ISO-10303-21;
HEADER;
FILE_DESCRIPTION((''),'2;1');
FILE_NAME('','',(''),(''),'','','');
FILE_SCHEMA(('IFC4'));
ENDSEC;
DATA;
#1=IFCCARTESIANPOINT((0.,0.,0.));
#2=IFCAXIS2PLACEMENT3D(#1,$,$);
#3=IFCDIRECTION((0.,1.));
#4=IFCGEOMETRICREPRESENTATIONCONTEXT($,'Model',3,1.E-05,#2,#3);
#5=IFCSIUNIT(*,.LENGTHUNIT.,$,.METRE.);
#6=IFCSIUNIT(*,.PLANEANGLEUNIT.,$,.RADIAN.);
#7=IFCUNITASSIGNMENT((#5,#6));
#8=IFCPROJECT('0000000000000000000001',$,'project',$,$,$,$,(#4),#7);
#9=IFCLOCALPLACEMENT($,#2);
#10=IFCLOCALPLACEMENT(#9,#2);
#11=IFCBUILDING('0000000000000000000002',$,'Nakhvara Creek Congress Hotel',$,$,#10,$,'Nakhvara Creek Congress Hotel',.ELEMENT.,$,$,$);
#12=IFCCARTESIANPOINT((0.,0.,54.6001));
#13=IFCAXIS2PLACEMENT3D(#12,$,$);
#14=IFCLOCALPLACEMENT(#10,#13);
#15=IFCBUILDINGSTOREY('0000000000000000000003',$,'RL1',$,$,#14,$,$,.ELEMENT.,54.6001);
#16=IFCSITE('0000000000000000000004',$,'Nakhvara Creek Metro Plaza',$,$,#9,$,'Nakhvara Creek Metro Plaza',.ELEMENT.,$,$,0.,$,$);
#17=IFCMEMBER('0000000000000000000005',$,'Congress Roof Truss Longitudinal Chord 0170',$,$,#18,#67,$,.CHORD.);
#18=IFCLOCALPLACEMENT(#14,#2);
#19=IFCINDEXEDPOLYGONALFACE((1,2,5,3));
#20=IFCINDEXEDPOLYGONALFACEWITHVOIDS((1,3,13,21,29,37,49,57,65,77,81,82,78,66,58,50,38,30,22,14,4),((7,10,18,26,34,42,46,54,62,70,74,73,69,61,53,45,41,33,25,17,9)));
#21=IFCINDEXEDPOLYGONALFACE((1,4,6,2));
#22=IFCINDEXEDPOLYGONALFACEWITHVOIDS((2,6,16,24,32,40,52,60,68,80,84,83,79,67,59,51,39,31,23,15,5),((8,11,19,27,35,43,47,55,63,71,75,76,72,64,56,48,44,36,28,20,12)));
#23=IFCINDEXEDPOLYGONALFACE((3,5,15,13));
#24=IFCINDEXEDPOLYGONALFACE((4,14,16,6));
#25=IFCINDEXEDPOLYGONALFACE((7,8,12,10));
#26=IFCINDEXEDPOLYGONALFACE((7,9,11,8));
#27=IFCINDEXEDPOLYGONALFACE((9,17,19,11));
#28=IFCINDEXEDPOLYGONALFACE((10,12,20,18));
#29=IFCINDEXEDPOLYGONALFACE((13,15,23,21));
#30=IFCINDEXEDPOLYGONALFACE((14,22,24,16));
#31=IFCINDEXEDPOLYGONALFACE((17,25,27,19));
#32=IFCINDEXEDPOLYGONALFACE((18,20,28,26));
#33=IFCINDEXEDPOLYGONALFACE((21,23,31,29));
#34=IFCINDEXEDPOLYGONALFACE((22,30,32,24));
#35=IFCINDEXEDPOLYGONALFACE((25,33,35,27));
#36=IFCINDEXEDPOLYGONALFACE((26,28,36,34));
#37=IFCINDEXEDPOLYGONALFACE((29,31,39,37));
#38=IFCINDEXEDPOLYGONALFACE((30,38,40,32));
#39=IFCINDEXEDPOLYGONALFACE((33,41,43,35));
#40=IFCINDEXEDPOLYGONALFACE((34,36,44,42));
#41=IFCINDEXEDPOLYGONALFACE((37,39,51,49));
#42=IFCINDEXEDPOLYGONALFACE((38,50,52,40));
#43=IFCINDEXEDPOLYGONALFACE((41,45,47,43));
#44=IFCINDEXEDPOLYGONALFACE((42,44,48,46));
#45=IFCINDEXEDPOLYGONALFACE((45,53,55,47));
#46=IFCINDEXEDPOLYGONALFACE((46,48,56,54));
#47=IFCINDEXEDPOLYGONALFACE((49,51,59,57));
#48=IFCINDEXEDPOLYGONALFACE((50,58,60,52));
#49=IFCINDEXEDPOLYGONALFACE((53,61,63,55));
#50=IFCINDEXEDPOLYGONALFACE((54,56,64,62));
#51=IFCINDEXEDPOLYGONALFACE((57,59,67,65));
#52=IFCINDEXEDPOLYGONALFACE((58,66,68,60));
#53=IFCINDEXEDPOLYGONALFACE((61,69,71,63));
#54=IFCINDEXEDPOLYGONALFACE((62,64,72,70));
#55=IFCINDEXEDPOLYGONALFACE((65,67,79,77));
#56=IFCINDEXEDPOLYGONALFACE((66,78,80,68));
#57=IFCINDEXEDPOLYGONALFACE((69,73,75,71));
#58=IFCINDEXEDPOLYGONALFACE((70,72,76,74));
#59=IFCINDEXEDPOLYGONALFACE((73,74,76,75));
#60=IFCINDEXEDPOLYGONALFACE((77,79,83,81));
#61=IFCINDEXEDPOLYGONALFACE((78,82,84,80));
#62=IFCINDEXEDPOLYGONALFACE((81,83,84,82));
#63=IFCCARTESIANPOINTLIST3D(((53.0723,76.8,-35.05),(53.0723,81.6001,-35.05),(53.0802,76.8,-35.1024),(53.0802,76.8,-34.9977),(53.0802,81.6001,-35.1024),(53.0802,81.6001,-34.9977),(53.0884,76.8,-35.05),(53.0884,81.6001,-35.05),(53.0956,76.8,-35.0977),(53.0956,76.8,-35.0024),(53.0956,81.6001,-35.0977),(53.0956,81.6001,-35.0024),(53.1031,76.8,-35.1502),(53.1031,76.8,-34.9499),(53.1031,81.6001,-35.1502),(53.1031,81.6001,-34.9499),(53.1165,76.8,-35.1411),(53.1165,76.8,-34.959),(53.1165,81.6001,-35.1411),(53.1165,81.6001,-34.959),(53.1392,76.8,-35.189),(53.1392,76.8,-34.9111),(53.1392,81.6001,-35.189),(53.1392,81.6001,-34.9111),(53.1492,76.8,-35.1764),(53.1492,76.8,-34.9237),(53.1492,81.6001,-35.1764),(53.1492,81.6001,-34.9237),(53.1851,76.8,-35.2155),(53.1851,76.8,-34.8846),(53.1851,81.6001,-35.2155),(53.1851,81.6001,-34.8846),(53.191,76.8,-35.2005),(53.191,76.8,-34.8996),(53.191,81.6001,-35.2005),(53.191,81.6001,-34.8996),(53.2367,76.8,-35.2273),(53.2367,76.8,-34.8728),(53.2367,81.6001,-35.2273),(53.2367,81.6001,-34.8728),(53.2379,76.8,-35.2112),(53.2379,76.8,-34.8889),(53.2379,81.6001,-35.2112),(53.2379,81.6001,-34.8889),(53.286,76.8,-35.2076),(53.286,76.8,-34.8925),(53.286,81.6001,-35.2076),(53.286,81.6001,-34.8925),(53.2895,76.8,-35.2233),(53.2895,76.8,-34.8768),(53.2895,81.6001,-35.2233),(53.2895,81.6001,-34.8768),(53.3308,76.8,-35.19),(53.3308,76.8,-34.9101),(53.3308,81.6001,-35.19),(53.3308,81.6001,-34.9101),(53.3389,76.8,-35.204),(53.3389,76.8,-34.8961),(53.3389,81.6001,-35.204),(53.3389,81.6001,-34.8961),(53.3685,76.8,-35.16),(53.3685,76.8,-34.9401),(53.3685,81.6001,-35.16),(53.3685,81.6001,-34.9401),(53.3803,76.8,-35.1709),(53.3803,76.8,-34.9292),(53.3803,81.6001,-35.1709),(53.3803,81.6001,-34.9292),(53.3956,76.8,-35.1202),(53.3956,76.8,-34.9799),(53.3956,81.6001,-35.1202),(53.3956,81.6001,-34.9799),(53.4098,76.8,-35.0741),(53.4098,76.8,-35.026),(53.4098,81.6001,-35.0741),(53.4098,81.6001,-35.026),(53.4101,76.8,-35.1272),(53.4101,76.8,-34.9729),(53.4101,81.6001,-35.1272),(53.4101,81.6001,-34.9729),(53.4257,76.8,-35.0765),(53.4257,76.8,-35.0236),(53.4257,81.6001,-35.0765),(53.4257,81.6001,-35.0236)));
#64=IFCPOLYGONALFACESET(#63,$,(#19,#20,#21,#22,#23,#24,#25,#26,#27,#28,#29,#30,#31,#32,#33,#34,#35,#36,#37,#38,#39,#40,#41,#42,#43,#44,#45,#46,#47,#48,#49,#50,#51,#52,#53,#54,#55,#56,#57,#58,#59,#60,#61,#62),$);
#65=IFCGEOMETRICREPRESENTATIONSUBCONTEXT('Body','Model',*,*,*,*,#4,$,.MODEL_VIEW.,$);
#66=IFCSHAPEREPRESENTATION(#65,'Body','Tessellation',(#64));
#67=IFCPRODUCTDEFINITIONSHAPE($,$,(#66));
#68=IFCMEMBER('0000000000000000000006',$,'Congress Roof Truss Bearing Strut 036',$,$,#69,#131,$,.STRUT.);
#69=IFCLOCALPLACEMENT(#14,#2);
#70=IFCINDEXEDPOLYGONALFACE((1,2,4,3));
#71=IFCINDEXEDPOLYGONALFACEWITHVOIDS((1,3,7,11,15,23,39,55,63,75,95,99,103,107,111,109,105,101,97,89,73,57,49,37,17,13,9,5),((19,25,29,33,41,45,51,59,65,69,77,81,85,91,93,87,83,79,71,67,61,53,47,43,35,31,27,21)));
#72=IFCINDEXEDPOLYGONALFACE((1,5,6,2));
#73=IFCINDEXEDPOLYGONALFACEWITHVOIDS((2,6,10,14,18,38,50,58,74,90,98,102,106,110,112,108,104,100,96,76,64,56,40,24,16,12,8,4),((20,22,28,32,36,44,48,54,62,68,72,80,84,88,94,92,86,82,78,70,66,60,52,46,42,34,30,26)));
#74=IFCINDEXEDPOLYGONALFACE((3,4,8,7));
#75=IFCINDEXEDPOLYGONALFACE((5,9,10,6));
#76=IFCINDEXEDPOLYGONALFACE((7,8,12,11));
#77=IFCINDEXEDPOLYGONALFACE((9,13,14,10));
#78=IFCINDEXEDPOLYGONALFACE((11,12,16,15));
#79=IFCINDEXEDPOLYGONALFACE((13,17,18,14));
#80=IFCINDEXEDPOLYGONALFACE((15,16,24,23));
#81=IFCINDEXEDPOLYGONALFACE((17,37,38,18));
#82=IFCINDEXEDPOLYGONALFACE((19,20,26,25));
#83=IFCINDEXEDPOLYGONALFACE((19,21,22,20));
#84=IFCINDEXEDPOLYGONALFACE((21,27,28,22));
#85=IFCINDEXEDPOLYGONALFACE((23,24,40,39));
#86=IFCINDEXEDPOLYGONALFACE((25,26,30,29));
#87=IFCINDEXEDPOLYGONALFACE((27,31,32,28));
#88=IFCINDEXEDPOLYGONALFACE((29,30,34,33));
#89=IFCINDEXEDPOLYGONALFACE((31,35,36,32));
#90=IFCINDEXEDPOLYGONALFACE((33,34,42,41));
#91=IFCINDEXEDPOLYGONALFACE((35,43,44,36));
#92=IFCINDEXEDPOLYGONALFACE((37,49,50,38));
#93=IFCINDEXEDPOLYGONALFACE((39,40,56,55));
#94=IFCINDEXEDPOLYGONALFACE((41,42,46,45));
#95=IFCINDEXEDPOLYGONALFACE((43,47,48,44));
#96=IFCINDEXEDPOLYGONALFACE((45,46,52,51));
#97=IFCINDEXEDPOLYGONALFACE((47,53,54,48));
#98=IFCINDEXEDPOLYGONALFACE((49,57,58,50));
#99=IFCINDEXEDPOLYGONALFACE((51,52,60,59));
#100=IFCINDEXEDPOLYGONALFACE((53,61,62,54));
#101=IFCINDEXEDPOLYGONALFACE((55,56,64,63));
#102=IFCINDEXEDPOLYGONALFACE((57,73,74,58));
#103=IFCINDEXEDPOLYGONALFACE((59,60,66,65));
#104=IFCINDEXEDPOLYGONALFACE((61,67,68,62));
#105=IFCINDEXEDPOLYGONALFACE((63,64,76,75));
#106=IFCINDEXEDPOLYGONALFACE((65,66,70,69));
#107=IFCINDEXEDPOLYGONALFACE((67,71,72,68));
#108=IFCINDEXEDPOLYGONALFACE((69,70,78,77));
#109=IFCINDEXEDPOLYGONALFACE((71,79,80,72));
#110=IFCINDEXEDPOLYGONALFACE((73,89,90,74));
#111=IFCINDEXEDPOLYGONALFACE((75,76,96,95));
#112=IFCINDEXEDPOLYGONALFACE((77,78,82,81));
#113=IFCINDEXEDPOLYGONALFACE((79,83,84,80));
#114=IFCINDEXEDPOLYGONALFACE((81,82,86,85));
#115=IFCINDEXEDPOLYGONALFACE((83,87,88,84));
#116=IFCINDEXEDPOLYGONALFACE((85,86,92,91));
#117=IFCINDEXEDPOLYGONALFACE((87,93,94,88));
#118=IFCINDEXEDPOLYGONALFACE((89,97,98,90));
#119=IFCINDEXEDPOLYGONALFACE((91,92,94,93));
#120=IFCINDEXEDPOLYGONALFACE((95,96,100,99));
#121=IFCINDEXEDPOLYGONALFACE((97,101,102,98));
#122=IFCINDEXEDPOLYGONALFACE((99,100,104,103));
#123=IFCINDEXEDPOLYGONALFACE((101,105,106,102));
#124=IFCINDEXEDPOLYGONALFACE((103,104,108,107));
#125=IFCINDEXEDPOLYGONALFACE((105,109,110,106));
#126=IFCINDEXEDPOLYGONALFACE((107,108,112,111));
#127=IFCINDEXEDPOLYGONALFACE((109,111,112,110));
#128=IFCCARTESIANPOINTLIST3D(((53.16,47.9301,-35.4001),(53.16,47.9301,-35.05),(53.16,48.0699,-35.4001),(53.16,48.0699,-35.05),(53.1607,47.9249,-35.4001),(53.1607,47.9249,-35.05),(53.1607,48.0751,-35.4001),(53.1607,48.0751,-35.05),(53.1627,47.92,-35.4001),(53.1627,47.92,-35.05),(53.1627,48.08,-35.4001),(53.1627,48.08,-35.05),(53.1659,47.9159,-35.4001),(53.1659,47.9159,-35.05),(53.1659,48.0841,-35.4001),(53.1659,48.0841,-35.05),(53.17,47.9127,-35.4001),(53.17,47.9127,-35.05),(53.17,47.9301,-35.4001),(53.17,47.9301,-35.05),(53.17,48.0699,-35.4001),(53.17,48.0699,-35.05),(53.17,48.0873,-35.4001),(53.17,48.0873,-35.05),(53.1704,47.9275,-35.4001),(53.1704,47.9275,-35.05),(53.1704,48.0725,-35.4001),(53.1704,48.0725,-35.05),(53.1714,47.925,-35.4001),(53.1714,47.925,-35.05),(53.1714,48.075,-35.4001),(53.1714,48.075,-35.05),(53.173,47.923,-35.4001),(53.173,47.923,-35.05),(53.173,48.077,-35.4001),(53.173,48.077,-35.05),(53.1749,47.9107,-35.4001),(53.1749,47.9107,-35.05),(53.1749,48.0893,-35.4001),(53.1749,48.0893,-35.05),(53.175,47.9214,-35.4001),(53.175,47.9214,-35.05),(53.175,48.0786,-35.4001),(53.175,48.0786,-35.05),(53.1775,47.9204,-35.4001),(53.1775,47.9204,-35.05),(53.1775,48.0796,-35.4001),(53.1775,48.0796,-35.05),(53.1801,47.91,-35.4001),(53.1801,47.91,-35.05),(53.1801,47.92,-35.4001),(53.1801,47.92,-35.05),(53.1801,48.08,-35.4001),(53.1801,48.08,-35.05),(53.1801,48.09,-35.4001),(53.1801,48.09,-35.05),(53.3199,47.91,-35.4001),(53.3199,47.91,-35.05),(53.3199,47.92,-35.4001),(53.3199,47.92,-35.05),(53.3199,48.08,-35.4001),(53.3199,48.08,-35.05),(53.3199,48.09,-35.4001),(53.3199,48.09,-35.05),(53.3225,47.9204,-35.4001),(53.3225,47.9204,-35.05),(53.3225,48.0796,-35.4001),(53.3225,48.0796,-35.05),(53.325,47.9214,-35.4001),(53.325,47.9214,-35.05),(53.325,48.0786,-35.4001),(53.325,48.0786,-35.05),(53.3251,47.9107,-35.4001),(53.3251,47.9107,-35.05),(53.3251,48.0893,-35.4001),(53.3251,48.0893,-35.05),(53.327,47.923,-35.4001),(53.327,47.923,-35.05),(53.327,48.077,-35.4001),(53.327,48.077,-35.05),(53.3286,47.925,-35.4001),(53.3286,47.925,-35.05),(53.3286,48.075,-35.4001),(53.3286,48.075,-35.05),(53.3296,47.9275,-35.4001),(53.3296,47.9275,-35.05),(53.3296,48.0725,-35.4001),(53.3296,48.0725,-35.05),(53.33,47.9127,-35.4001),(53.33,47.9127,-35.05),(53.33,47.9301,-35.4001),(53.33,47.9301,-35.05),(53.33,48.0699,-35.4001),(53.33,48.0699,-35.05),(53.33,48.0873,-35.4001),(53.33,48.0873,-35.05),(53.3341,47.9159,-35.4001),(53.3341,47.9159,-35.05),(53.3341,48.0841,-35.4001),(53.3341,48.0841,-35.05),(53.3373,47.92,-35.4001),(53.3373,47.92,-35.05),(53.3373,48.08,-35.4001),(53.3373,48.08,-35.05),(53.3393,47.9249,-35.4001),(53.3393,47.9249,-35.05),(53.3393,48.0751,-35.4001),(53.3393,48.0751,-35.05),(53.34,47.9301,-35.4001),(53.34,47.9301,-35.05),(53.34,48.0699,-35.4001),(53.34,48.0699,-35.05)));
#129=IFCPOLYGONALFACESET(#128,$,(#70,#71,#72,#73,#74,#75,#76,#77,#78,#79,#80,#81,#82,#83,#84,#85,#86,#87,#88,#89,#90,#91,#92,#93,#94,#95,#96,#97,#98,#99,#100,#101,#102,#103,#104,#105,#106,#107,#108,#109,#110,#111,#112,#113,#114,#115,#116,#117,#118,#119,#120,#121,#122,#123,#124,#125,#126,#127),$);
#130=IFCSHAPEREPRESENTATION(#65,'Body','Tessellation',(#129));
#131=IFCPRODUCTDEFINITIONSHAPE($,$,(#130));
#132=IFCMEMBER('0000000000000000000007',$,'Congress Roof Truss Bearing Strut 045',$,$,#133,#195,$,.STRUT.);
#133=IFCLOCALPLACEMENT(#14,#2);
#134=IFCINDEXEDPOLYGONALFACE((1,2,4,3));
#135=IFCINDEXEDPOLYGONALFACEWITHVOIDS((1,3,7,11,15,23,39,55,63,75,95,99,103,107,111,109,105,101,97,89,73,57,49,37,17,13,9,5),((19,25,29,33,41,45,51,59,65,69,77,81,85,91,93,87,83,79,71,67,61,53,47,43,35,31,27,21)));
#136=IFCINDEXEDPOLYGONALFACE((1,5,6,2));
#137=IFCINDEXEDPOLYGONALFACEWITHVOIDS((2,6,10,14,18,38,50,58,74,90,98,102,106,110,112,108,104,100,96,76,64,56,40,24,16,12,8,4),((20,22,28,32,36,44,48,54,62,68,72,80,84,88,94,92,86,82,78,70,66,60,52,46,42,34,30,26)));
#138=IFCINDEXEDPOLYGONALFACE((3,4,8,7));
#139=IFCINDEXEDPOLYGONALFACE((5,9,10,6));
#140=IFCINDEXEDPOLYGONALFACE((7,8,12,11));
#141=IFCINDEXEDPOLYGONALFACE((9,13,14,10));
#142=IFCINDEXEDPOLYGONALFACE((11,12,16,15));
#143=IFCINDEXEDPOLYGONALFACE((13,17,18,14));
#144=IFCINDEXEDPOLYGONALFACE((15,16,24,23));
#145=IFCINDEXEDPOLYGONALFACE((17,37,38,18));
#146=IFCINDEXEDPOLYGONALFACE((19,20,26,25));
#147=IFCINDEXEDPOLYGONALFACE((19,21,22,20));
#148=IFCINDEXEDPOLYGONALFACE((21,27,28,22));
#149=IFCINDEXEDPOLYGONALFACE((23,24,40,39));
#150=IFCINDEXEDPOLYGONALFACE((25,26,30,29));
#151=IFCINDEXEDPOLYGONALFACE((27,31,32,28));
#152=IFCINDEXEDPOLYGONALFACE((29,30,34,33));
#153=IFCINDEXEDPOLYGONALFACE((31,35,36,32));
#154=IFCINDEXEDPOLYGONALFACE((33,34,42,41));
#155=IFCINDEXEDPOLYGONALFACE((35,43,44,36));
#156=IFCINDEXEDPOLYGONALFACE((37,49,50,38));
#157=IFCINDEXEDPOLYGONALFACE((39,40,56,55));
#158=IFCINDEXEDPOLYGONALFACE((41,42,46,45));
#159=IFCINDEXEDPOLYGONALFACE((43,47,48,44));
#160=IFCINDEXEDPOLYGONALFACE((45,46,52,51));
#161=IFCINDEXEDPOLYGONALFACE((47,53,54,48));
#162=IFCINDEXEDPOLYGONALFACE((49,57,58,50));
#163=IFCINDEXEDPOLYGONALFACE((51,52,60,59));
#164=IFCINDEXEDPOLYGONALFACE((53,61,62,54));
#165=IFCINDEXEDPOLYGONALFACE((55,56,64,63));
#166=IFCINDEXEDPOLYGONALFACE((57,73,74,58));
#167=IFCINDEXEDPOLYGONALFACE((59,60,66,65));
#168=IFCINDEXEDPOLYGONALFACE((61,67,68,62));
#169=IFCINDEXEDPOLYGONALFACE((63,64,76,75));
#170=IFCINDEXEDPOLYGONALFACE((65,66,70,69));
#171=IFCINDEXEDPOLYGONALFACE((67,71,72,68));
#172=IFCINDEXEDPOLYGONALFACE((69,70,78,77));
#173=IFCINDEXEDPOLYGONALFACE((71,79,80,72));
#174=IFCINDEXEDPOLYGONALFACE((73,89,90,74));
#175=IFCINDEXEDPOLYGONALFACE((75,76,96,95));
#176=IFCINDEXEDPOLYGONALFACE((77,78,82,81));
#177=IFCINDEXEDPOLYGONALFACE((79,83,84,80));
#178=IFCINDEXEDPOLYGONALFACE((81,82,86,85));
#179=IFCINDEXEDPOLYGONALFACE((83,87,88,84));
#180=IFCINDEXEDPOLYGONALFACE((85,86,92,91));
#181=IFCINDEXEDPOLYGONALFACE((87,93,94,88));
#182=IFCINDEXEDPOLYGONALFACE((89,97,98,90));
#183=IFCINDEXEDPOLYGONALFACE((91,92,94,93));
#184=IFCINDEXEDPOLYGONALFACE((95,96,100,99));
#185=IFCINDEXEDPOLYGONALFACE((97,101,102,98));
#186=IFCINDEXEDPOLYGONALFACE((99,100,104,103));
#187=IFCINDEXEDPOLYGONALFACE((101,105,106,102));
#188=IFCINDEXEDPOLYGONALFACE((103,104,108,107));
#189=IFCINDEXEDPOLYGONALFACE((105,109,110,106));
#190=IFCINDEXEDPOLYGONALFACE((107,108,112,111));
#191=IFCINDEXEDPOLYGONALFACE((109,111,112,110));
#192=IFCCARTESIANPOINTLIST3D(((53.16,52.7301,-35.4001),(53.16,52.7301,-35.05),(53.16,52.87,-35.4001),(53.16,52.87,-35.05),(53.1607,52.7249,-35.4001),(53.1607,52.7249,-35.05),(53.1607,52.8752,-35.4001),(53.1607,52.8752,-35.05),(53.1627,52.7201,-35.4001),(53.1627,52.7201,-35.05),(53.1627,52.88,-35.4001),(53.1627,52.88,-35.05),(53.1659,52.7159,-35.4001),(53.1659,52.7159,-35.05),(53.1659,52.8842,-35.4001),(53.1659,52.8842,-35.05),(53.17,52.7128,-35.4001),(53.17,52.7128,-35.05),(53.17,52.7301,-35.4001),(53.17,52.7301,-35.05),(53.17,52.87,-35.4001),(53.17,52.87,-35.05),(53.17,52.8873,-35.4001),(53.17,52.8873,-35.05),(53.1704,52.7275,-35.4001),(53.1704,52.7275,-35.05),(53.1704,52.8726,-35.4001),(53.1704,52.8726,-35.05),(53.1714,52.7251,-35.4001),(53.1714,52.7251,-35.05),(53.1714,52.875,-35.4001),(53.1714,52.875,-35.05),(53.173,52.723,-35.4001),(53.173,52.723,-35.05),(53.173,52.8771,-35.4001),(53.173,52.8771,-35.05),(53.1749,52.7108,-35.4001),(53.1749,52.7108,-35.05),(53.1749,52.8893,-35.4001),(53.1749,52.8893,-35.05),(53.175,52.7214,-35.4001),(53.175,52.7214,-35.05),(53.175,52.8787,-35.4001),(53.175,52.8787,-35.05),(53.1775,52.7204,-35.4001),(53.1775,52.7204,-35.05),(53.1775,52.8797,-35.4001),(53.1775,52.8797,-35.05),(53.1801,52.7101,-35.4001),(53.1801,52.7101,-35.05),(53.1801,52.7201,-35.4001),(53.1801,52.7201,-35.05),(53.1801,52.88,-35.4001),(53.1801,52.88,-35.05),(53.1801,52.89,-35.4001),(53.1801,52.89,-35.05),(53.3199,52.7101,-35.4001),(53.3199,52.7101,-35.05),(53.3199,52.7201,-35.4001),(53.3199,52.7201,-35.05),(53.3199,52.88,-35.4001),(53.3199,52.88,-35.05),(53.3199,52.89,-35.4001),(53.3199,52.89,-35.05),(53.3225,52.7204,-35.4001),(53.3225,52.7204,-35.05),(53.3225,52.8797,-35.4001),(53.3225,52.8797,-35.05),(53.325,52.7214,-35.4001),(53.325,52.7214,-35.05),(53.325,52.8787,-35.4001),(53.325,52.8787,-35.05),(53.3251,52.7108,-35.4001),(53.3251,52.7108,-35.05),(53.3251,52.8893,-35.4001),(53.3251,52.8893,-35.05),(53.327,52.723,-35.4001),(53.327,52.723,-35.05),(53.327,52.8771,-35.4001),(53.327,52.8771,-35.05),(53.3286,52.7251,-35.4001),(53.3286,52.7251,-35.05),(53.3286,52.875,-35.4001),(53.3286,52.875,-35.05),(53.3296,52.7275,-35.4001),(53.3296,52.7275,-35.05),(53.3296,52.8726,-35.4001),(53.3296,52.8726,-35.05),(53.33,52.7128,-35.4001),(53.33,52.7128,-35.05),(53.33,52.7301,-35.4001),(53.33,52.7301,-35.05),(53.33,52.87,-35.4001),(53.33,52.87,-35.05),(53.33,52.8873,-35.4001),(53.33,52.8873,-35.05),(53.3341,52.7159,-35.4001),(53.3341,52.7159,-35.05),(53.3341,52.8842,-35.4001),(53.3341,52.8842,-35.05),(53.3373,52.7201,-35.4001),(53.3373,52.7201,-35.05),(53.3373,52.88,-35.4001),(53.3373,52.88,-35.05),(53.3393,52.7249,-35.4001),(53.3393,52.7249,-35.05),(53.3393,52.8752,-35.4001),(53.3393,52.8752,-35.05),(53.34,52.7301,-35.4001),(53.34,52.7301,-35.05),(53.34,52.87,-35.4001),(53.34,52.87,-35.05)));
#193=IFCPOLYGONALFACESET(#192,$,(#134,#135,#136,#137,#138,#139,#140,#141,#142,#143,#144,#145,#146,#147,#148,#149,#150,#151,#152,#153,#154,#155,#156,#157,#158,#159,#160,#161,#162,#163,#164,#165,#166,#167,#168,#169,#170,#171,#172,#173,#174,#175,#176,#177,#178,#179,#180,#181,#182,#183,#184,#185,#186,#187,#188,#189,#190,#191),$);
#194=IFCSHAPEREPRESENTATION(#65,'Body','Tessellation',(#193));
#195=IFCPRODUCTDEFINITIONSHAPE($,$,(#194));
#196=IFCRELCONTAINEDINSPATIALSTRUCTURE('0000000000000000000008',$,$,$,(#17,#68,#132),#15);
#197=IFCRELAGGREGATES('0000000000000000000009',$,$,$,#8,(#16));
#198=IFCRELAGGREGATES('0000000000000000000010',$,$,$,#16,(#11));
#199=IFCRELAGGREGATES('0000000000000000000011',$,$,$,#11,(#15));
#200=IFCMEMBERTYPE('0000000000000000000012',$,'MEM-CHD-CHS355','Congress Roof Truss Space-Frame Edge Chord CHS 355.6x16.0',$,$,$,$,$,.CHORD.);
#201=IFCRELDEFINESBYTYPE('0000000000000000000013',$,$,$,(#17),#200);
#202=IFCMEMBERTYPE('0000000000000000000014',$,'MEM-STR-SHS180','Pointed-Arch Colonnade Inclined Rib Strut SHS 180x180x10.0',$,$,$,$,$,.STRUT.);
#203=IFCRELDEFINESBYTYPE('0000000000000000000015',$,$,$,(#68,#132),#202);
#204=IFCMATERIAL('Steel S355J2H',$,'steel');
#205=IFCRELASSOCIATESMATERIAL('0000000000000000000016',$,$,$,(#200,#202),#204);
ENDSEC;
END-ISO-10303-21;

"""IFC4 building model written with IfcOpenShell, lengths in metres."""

from ifc_helpers import new_model, si_unit, direction, frame, origin, origin_2d, place, context, subcontext, project, spatial, hollow_rectangle, hollow_circle, extrude, material, material_profile, profile_set, type_object, element, save


model = new_model("IFC4")

# Units and contexts
model_context = context("Model", 3, precision=1e-05, world=origin(), true_north=direction((0.0, 1.0)))
body_context = subcontext(model_context, "Body", "Model", "MODEL_VIEW")
ifc_project = project(units=[si_unit("LENGTHUNIT", "METRE"), si_unit("PLANEANGLEUNIT", "RADIAN")], contexts=[model_context])

# Site, building, storey
site_placement = place(None, origin())
site = spatial("IfcSite", under=ifc_project, at=site_placement, Name="Nakhvara Creek Metro Plaza", LongName="Nakhvara Creek Metro Plaza", CompositionType="ELEMENT", RefElevation=0.0)
building_placement = place(site_placement, origin())
building = spatial("IfcBuilding", under=site, at=building_placement, Name="Nakhvara Creek Congress Hotel", LongName="Nakhvara Creek Congress Hotel", CompositionType="ELEMENT")
storey_placement = place(building_placement, frame((0.0, 0.0, 54.6001)))
storey = spatial("IfcBuildingStorey", under=building, at=storey_placement, Name="RL1", CompositionType="ELEMENT", Elevation=54.6001)

# Members
ifc_material_1 = material(Name="Steel S355J2H", Category="steel")
ifc_material_profile_1 = material_profile(ifc_material_1, hollow_circle(Radius=0.1777, WallThickness=0.0161, at=origin_2d()), Name="CHS 355.6x16.0", Category="LoadBearing")
ifc_profile_set_1 = profile_set([ifc_material_profile_1], Name="Steel S355J2H")
member_type_1 = type_object("IfcMemberType", Name="MEM-CHD-CHS355", Description="Congress Roof Truss Space-Frame Edge Chord CHS 355.6x16.0", PredefinedType="CHORD", material=ifc_profile_set_1)
for number, where, z_axis, x_axis, name in (
    (1, (53.25, 76.8, -35.05), (0.0, 1.0, 0.0), (-1.0, 0.0, 0.0), "Congress Roof Truss Longitudinal Chord 0170"),
):
    element("IfcMember", number, at=place(storey_placement, frame(where, z_axis=z_axis, x_axis=x_axis)), inside=storey, type_object=member_type_1, Name=name, PredefinedType="CHORD", context=body_context, shape_type="SweptSolid", body=[
        extrude(hollow_circle(Radius=0.1777, WallThickness=0.0161, at=origin_2d()), origin(), (0.0, 0.0, 1.0), 4.8),
    ])
ifc_material_profile_2 = material_profile(ifc_material_1, hollow_rectangle(XDim=0.1799, YDim=0.1799, WallThickness=0.01, InnerFilletRadius=0.01, OuterFilletRadius=0.02, at=origin_2d()), Name="SHS 180x180x10.0", Category="LoadBearing")
ifc_profile_set_2 = profile_set([ifc_material_profile_2], Name="Steel S355J2H")
member_type_2 = type_object("IfcMemberType", Name="MEM-STR-SHS180", Description="Pointed-Arch Colonnade Inclined Rib Strut SHS 180x180x10.0", PredefinedType="STRUT", material=ifc_profile_set_2)
for number, where, z_axis, x_axis, name in (
    (2, (53.25, 48.0, -35.4001), (0.0, 0.0, 1.0), (1.0, 0.0, 0.0), "Congress Roof Truss Bearing Strut 036"),
    (3, (53.25, 52.8, -35.4001), (0.0, 0.0, 1.0), (1.0, 0.0, 0.0), "Congress Roof Truss Bearing Strut 045"),
):
    element("IfcMember", number, at=place(storey_placement, frame(where, z_axis=z_axis, x_axis=x_axis)), inside=storey, type_object=member_type_2, Name=name, PredefinedType="STRUT", context=body_context, shape_type="SweptSolid", body=[
        extrude(hollow_rectangle(XDim=0.1799, YDim=0.1799, WallThickness=0.01, InnerFilletRadius=0.01, OuterFilletRadius=0.02, at=origin_2d()), origin(), (0.0, 0.0, 1.0), 0.3501),
    ])

save(model, "model.ifc")
